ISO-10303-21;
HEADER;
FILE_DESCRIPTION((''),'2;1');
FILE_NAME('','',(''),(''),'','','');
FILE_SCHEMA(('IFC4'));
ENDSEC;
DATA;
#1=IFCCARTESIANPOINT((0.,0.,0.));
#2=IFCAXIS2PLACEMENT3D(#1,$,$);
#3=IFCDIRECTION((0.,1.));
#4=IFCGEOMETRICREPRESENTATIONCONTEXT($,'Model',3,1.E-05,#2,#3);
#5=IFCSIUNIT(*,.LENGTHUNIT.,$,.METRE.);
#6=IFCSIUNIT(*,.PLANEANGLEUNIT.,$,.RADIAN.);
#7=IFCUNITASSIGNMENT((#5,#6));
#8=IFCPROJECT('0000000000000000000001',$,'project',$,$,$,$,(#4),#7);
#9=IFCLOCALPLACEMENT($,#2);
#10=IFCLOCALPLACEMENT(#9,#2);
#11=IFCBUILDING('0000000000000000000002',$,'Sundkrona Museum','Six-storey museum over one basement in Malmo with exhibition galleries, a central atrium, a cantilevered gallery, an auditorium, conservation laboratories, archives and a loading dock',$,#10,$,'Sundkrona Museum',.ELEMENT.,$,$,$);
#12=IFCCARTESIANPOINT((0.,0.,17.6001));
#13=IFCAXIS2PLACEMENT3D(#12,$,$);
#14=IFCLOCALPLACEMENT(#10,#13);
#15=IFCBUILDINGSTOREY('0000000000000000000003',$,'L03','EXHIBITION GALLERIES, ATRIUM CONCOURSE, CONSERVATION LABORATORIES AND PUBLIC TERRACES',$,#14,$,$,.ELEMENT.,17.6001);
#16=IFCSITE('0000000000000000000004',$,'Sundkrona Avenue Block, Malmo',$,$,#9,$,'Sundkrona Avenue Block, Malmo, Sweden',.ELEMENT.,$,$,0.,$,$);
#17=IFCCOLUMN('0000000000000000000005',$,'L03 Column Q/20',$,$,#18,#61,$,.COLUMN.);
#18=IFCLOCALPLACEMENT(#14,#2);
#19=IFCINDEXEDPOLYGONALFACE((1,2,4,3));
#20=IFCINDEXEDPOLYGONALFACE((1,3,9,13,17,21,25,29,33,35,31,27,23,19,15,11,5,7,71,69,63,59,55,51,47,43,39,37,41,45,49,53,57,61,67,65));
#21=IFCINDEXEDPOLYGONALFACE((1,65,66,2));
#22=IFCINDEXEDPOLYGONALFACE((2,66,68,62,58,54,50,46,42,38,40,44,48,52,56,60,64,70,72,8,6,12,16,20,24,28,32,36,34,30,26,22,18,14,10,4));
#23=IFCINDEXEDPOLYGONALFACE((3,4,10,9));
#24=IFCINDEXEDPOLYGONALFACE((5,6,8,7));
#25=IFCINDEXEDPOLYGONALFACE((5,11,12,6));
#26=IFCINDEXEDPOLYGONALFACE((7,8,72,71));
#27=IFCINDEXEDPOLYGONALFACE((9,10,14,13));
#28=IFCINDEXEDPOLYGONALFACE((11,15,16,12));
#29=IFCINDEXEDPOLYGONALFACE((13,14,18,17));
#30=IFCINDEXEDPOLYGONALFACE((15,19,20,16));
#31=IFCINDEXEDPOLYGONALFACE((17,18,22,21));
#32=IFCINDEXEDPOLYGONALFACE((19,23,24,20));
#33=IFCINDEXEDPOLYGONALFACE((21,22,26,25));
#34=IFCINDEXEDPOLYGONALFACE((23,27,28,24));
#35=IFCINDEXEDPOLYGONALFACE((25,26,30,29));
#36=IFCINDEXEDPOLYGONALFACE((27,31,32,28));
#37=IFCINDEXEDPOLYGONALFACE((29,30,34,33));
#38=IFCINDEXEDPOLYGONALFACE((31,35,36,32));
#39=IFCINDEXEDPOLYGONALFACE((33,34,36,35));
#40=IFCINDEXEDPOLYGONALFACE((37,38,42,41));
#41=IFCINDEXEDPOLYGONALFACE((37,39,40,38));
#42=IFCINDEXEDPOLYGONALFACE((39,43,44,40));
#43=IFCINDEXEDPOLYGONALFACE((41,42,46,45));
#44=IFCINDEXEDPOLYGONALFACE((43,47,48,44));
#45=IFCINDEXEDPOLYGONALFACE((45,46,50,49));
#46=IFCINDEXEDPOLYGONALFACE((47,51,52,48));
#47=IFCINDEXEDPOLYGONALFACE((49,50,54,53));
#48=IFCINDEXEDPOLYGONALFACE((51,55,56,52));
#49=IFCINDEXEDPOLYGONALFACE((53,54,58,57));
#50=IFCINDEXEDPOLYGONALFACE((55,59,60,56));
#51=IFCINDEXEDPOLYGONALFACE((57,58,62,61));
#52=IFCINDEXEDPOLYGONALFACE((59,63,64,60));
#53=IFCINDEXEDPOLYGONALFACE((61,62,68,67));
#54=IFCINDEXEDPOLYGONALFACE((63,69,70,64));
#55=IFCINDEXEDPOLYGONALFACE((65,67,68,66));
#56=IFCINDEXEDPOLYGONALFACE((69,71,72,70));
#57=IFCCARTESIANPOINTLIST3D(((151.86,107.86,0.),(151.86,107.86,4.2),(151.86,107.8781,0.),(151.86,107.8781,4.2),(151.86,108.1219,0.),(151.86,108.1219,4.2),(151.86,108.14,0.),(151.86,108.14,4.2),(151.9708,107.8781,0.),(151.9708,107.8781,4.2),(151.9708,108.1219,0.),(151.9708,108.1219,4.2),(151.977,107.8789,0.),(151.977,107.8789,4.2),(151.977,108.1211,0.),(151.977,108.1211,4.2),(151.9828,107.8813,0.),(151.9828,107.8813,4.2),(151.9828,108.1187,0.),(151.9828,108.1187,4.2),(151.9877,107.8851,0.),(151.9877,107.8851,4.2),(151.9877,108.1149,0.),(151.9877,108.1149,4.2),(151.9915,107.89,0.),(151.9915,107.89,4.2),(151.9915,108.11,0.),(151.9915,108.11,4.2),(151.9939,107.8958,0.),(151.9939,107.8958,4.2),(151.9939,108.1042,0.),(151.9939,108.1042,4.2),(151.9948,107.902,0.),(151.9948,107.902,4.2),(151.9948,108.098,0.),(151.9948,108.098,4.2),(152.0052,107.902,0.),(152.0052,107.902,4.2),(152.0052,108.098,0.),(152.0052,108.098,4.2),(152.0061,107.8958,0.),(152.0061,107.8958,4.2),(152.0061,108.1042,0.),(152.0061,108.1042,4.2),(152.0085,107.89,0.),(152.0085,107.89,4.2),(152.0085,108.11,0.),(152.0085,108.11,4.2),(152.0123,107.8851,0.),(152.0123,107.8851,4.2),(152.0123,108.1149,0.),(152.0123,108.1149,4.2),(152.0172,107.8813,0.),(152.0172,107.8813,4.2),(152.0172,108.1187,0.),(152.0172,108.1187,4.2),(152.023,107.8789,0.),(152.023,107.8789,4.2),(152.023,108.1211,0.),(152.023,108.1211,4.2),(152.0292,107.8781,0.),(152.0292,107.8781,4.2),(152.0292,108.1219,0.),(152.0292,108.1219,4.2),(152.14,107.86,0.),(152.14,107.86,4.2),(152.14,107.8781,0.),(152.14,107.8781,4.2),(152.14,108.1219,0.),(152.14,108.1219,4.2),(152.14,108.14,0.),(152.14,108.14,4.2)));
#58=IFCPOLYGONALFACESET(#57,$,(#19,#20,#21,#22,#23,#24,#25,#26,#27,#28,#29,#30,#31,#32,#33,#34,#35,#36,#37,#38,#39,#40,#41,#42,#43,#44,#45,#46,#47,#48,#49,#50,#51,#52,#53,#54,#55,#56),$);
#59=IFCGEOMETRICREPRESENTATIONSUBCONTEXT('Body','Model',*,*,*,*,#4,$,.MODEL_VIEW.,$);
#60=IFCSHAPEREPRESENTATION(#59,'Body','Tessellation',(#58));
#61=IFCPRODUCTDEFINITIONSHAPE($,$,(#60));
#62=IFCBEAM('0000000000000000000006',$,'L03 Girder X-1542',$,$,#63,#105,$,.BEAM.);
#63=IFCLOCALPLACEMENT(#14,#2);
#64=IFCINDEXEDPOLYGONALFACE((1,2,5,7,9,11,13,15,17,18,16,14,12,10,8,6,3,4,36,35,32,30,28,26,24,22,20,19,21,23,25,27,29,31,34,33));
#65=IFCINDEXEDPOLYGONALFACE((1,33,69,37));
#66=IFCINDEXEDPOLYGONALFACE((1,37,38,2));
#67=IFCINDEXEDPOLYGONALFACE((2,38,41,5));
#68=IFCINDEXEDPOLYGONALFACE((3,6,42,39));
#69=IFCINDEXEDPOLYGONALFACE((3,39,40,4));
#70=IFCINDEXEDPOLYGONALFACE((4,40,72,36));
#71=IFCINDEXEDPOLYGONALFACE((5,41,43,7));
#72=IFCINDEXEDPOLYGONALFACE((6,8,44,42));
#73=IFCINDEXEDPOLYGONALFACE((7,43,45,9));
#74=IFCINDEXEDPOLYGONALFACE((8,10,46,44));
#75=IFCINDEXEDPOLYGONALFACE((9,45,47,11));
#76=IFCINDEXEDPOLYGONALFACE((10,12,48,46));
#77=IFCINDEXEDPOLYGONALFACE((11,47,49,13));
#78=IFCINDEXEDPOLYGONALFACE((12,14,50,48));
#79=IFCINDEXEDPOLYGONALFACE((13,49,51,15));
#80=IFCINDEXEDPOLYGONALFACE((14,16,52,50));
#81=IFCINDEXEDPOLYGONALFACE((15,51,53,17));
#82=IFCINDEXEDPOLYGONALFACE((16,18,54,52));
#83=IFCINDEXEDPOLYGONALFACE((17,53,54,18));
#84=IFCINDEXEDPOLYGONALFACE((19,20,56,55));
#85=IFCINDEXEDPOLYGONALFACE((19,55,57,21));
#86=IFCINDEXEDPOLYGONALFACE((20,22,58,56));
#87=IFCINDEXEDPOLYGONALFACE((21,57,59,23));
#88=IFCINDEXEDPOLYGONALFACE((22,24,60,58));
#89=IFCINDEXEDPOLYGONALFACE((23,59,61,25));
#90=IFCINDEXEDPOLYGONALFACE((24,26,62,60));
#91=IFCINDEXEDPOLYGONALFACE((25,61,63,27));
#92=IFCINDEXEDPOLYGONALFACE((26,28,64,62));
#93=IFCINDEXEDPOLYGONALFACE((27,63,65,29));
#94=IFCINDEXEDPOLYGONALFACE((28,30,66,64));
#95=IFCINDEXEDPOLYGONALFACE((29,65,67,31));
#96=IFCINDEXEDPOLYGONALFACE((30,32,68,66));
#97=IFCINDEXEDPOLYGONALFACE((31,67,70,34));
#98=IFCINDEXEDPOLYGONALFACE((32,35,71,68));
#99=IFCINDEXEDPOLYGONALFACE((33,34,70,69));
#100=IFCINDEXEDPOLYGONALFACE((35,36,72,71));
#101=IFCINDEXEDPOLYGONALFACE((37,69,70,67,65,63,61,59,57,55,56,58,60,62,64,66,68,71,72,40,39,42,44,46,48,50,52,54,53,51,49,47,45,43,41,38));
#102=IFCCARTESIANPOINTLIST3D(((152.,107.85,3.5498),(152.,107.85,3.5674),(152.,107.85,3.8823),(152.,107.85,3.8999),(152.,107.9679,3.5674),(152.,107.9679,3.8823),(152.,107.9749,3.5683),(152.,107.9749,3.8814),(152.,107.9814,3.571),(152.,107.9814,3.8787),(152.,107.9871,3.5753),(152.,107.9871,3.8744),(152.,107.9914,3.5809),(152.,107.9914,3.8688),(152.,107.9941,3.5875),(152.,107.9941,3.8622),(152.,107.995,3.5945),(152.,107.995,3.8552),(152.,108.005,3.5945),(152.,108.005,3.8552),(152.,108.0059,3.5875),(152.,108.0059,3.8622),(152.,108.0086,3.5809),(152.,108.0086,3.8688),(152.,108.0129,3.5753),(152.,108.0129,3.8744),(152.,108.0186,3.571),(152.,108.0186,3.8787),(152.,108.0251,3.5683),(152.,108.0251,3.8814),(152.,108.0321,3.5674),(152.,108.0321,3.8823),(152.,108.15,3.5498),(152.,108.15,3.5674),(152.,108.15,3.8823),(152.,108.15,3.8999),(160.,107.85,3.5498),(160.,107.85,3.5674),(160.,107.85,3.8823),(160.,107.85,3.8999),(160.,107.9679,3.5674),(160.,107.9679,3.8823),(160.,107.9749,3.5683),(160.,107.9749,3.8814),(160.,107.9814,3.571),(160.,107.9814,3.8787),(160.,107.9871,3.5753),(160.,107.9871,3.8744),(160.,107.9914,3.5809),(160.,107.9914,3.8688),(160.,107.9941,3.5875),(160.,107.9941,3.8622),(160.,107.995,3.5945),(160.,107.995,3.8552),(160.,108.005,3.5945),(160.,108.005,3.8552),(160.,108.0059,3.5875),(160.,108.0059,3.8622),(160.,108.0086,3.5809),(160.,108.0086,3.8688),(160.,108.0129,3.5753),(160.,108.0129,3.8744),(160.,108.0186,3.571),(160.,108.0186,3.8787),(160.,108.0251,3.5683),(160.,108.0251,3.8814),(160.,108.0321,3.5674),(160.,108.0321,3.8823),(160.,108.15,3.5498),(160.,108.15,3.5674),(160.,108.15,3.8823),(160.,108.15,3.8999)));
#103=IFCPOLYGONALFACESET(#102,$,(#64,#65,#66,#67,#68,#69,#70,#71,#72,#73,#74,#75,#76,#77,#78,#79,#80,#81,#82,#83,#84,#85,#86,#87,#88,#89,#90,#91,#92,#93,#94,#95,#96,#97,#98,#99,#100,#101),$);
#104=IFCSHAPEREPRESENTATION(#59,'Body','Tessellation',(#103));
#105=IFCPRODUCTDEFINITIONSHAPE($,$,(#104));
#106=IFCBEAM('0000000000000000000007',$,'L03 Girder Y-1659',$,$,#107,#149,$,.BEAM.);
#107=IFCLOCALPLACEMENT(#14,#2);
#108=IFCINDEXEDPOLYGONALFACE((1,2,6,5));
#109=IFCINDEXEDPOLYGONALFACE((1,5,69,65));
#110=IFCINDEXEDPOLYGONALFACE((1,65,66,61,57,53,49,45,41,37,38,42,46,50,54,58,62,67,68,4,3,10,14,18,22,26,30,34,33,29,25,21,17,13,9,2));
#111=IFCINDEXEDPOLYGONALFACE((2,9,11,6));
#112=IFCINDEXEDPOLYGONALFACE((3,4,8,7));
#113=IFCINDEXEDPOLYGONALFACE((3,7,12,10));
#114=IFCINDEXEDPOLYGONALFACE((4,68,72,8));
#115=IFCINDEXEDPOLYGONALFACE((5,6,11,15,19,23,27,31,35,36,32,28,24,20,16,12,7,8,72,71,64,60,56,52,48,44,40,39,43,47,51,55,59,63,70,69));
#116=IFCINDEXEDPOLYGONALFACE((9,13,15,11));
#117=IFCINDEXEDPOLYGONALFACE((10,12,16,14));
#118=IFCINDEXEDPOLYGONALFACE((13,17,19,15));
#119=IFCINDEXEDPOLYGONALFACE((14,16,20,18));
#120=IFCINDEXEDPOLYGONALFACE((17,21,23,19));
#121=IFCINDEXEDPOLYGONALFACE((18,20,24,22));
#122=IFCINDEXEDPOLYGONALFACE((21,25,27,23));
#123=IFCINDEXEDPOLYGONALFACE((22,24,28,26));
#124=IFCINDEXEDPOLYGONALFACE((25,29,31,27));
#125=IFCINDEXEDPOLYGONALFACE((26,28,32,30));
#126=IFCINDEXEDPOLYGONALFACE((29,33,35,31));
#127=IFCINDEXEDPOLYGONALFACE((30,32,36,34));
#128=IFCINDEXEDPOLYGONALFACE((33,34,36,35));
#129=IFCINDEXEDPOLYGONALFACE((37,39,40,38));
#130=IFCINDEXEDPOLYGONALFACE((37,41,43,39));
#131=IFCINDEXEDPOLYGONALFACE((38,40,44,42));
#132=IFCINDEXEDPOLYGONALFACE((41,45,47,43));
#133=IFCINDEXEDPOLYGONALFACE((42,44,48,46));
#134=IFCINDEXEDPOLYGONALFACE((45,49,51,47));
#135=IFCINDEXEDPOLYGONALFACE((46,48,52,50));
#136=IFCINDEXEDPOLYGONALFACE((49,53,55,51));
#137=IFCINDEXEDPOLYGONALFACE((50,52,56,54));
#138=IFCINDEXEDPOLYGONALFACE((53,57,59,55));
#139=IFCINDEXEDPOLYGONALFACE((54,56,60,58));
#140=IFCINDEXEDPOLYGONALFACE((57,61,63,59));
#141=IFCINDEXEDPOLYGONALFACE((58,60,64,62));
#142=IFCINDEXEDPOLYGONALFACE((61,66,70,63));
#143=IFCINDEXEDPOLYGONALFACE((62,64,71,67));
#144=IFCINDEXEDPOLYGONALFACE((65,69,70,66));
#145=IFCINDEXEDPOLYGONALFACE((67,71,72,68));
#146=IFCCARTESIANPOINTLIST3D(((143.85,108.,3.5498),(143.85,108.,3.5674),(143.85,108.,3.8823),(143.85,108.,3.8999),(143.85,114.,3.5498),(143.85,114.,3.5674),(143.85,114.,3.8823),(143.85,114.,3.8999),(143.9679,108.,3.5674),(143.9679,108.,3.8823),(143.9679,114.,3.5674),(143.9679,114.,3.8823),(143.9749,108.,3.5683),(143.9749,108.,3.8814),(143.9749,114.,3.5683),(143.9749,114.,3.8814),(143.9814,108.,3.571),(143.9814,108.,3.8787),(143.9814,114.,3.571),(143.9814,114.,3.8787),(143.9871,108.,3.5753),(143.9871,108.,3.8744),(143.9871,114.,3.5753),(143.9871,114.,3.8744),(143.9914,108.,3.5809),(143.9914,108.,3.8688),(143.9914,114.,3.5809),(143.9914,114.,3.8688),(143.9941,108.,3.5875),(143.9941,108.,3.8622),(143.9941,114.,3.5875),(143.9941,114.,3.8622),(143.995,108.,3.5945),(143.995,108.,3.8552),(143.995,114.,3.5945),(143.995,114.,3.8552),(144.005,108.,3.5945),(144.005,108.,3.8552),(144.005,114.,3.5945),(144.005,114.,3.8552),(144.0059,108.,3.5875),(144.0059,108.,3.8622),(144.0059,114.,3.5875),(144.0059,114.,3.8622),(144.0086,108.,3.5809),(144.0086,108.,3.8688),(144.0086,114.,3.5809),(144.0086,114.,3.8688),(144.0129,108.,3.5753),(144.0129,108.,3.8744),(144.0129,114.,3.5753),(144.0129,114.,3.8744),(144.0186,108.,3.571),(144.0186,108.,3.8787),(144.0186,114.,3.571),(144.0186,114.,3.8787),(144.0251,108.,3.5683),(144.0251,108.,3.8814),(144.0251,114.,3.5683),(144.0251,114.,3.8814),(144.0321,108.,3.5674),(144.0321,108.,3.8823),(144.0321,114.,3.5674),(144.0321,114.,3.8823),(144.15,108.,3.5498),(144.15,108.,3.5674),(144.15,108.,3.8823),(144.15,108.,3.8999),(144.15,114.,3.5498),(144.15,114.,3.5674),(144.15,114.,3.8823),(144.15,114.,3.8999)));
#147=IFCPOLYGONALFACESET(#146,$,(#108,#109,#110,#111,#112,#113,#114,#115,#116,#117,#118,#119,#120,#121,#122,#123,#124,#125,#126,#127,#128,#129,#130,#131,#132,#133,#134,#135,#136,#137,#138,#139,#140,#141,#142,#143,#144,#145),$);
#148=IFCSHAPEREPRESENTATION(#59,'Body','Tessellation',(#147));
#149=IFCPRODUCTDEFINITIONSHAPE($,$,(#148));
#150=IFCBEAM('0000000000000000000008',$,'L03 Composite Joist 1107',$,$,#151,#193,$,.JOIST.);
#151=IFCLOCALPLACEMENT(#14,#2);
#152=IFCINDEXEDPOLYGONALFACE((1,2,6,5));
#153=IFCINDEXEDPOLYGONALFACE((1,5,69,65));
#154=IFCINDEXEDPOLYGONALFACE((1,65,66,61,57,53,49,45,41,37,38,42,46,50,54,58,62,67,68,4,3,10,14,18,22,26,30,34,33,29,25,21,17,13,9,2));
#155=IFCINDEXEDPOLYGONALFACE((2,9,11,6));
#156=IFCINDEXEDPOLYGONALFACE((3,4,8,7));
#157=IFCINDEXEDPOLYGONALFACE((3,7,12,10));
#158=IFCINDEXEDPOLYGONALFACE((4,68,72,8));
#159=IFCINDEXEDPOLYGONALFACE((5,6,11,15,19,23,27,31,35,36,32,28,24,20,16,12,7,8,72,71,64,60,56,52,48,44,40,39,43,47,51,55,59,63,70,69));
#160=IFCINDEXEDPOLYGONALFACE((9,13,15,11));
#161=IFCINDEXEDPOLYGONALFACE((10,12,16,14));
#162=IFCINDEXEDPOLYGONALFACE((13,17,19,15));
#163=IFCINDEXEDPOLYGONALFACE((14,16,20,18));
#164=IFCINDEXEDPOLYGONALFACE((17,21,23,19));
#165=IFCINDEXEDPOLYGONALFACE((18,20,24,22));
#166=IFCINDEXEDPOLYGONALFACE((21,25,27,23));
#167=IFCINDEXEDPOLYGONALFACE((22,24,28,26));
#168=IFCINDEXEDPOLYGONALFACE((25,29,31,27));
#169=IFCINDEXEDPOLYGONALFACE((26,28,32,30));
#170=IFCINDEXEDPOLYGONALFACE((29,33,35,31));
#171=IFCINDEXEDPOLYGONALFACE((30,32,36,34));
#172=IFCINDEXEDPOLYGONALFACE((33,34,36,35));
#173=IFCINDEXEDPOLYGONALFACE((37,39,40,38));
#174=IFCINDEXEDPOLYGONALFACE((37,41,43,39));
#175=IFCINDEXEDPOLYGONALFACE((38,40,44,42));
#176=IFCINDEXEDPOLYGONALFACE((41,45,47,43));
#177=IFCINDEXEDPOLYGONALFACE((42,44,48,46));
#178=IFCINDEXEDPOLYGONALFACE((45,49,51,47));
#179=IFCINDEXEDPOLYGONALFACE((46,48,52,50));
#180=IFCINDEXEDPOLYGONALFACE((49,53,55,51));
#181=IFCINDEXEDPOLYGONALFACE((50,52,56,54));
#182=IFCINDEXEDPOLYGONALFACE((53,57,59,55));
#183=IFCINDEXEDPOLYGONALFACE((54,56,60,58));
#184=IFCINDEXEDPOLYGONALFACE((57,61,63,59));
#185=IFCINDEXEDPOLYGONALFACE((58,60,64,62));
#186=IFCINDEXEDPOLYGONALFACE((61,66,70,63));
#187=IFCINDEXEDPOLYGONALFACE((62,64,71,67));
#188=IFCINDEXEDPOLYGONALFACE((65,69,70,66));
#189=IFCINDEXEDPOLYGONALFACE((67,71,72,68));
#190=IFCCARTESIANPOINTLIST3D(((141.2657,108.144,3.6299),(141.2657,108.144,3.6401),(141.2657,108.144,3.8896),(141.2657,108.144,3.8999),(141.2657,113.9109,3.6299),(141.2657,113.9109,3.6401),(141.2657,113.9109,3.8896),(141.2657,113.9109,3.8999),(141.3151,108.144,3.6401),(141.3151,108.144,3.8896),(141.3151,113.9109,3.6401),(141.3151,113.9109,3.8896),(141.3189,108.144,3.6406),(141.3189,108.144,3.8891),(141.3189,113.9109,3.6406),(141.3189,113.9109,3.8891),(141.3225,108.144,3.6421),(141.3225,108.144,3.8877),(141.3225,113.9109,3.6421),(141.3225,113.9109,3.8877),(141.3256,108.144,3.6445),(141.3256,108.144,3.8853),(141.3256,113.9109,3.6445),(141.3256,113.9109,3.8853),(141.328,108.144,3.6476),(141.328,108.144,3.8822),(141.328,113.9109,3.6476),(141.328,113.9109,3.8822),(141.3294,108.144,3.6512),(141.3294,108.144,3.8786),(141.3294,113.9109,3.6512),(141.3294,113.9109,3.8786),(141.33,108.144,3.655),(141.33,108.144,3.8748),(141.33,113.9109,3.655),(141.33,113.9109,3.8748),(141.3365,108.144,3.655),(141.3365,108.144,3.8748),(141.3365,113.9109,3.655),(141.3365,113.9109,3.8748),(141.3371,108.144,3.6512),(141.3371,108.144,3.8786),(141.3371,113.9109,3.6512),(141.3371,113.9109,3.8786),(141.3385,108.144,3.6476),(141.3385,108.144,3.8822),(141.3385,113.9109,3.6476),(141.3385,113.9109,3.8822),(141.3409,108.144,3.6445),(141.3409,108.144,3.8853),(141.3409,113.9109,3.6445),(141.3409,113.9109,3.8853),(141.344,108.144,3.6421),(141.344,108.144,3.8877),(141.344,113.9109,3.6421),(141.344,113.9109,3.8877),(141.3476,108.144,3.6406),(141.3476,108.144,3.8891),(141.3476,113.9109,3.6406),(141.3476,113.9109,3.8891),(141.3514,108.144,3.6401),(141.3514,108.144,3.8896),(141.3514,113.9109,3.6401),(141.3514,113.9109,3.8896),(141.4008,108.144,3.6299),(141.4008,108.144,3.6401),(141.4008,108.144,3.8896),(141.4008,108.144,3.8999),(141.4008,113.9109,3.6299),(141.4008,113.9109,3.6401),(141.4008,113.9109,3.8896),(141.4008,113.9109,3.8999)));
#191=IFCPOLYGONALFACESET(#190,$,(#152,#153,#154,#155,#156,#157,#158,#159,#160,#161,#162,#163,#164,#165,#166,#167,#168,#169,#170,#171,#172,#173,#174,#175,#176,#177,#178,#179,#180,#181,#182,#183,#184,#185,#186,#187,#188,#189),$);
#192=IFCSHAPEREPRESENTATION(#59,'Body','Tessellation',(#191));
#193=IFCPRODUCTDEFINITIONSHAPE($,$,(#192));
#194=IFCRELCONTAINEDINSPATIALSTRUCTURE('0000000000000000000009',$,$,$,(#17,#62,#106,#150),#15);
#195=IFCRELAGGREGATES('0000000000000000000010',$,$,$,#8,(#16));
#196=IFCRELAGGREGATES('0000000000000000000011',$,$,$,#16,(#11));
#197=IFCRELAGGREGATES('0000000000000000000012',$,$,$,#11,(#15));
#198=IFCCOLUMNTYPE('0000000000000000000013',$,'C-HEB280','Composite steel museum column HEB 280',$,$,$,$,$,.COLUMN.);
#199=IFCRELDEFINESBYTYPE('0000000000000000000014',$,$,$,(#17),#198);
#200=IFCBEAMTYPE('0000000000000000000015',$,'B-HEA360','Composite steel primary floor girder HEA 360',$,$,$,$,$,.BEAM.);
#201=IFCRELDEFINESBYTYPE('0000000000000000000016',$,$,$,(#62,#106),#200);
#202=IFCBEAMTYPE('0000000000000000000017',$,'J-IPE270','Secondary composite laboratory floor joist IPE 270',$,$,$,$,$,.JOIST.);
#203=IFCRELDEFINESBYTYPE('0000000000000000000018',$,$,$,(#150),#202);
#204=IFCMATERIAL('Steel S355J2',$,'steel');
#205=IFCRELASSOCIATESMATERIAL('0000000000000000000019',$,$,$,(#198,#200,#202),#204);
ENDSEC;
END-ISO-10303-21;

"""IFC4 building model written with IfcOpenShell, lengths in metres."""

from ifc_helpers import new_model, si_unit, direction, frame, origin, origin_2d, place, context, subcontext, project, spatial, i_section, extrude, material, material_profile, profile_set, type_object, element, save


model = new_model("IFC4")

# Units and contexts
model_context = context("Model", 3, precision=1e-05, world=origin(), true_north=direction((0.0, 1.0)))
body_context = subcontext(model_context, "Body", "Model", "MODEL_VIEW")
ifc_project = project(units=[si_unit("LENGTHUNIT", "METRE"), si_unit("PLANEANGLEUNIT", "RADIAN")], contexts=[model_context])

# Site, building, storey
site_placement = place(None, origin())
site = spatial("IfcSite", under=ifc_project, at=site_placement, Name="Sundkrona Avenue Block, Malmo", LongName="Sundkrona Avenue Block, Malmo, Sweden", CompositionType="ELEMENT", RefElevation=0.0)
building_placement = place(site_placement, origin())
building = spatial("IfcBuilding", under=site, at=building_placement, Name="Sundkrona Museum", Description="Six-storey museum over one basement in Malmo with exhibition galleries, a central atrium, a cantilevered gallery, an auditorium, conservation laboratories, archives and a loading dock", LongName="Sundkrona Museum", CompositionType="ELEMENT")
storey_placement = place(building_placement, frame((0.0, 0.0, 17.6001)))
storey = spatial("IfcBuildingStorey", under=building, at=storey_placement, Name="L03", Description="EXHIBITION GALLERIES, ATRIUM CONCOURSE, CONSERVATION LABORATORIES AND PUBLIC TERRACES", CompositionType="ELEMENT", Elevation=17.6001)

# Column
ifc_material_1 = material(Name="Steel S355J2", Category="steel")
ifc_material_profile_1 = material_profile(ifc_material_1, i_section(OverallWidth=0.28, OverallDepth=0.28, WebThickness=0.0105, FlangeThickness=0.0181, FilletRadius=0.0239, at=origin_2d()), Name="HEB 280")
ifc_profile_set_1 = profile_set([ifc_material_profile_1], Name="Steel S355J2")
column_type = type_object("IfcColumnType", Name="C-HEB280", Description="Composite steel museum column HEB 280", PredefinedType="COLUMN", material=ifc_profile_set_1)
column_placement = place(storey_placement, frame((152.0, 108.0, 0.0), z_axis=(0.0, 0.0, 1.0), x_axis=(1.0, 0.0, 0.0)))
element("IfcColumn", 1, at=column_placement, inside=storey, type_object=column_type, Name="L03 Column Q/20", PredefinedType="COLUMN", context=body_context, shape_type="SweptSolid", body=[
    extrude(i_section(OverallWidth=0.28, OverallDepth=0.28, WebThickness=0.0105, FlangeThickness=0.0181, FilletRadius=0.0239, at=origin_2d()), origin(), (0.0, 0.0, 1.0), 4.2),
])

# Beams
ifc_material_profile_2 = material_profile(ifc_material_1, i_section(OverallWidth=0.3, OverallDepth=0.3501, WebThickness=0.01, FlangeThickness=0.0176, FilletRadius=0.0271, at=origin_2d()), Name="HEA 360")
ifc_profile_set_2 = profile_set([ifc_material_profile_2], Name="Steel S355J2")
beam_type_1 = type_object("IfcBeamType", Name="B-HEA360", Description="Composite steel primary floor girder HEA 360", PredefinedType="BEAM", material=ifc_profile_set_2)
beam_1_placement = place(storey_placement, frame((152.0, 108.0, 3.7249), z_axis=(1.0, 0.0, 0.0), x_axis=(0.0, 1.0, 0.0)))
element("IfcBeam", 2, at=beam_1_placement, inside=storey, type_object=beam_type_1, Name="L03 Girder X-1542", PredefinedType="BEAM", context=body_context, shape_type="SweptSolid", body=[
    extrude(i_section(OverallWidth=0.3, OverallDepth=0.3501, WebThickness=0.01, FlangeThickness=0.0176, FilletRadius=0.0271, at=origin_2d()), origin(), (0.0, 0.0, 1.0), 8.0),
])
beam_2_placement = place(storey_placement, frame((144.0, 108.0, 3.7249), z_axis=(0.0, 1.0, 0.0), x_axis=(-1.0, 0.0, 0.0)))
element("IfcBeam", 3, at=beam_2_placement, inside=storey, type_object=beam_type_1, Name="L03 Girder Y-1659", PredefinedType="BEAM", context=body_context, shape_type="SweptSolid", body=[
    extrude(i_section(OverallWidth=0.3, OverallDepth=0.3501, WebThickness=0.01, FlangeThickness=0.0176, FilletRadius=0.0271, at=origin_2d()), origin(), (0.0, 0.0, 1.0), 6.0),
])
ifc_material_profile_3 = material_profile(ifc_material_1, i_section(OverallWidth=0.135, OverallDepth=0.27, WebThickness=0.0066, FlangeThickness=0.0103, FilletRadius=0.0149, at=origin_2d()), Name="IPE 270")
ifc_profile_set_3 = profile_set([ifc_material_profile_3], Name="Steel S355J2")
beam_type_2 = type_object("IfcBeamType", Name="J-IPE270", Description="Secondary composite laboratory floor joist IPE 270", PredefinedType="JOIST", material=ifc_profile_set_3)
for number, where, z_axis, x_axis, name in (
    (4, (141.3333, 108.144, 3.7649), (0.0, 1.0, 0.0), (-1.0, 0.0, 0.0), "L03 Composite Joist 1107"),
):
    element("IfcBeam", number, at=place(storey_placement, frame(where, z_axis=z_axis, x_axis=x_axis)), inside=storey, type_object=beam_type_2, Name=name, PredefinedType="JOIST", context=body_context, shape_type="SweptSolid", body=[
        extrude(i_section(OverallWidth=0.135, OverallDepth=0.27, WebThickness=0.0066, FlangeThickness=0.0103, FilletRadius=0.0149, at=origin_2d()), origin(), (0.0, 0.0, 1.0), 5.7668),
    ])

save(model, "model.ifc")
